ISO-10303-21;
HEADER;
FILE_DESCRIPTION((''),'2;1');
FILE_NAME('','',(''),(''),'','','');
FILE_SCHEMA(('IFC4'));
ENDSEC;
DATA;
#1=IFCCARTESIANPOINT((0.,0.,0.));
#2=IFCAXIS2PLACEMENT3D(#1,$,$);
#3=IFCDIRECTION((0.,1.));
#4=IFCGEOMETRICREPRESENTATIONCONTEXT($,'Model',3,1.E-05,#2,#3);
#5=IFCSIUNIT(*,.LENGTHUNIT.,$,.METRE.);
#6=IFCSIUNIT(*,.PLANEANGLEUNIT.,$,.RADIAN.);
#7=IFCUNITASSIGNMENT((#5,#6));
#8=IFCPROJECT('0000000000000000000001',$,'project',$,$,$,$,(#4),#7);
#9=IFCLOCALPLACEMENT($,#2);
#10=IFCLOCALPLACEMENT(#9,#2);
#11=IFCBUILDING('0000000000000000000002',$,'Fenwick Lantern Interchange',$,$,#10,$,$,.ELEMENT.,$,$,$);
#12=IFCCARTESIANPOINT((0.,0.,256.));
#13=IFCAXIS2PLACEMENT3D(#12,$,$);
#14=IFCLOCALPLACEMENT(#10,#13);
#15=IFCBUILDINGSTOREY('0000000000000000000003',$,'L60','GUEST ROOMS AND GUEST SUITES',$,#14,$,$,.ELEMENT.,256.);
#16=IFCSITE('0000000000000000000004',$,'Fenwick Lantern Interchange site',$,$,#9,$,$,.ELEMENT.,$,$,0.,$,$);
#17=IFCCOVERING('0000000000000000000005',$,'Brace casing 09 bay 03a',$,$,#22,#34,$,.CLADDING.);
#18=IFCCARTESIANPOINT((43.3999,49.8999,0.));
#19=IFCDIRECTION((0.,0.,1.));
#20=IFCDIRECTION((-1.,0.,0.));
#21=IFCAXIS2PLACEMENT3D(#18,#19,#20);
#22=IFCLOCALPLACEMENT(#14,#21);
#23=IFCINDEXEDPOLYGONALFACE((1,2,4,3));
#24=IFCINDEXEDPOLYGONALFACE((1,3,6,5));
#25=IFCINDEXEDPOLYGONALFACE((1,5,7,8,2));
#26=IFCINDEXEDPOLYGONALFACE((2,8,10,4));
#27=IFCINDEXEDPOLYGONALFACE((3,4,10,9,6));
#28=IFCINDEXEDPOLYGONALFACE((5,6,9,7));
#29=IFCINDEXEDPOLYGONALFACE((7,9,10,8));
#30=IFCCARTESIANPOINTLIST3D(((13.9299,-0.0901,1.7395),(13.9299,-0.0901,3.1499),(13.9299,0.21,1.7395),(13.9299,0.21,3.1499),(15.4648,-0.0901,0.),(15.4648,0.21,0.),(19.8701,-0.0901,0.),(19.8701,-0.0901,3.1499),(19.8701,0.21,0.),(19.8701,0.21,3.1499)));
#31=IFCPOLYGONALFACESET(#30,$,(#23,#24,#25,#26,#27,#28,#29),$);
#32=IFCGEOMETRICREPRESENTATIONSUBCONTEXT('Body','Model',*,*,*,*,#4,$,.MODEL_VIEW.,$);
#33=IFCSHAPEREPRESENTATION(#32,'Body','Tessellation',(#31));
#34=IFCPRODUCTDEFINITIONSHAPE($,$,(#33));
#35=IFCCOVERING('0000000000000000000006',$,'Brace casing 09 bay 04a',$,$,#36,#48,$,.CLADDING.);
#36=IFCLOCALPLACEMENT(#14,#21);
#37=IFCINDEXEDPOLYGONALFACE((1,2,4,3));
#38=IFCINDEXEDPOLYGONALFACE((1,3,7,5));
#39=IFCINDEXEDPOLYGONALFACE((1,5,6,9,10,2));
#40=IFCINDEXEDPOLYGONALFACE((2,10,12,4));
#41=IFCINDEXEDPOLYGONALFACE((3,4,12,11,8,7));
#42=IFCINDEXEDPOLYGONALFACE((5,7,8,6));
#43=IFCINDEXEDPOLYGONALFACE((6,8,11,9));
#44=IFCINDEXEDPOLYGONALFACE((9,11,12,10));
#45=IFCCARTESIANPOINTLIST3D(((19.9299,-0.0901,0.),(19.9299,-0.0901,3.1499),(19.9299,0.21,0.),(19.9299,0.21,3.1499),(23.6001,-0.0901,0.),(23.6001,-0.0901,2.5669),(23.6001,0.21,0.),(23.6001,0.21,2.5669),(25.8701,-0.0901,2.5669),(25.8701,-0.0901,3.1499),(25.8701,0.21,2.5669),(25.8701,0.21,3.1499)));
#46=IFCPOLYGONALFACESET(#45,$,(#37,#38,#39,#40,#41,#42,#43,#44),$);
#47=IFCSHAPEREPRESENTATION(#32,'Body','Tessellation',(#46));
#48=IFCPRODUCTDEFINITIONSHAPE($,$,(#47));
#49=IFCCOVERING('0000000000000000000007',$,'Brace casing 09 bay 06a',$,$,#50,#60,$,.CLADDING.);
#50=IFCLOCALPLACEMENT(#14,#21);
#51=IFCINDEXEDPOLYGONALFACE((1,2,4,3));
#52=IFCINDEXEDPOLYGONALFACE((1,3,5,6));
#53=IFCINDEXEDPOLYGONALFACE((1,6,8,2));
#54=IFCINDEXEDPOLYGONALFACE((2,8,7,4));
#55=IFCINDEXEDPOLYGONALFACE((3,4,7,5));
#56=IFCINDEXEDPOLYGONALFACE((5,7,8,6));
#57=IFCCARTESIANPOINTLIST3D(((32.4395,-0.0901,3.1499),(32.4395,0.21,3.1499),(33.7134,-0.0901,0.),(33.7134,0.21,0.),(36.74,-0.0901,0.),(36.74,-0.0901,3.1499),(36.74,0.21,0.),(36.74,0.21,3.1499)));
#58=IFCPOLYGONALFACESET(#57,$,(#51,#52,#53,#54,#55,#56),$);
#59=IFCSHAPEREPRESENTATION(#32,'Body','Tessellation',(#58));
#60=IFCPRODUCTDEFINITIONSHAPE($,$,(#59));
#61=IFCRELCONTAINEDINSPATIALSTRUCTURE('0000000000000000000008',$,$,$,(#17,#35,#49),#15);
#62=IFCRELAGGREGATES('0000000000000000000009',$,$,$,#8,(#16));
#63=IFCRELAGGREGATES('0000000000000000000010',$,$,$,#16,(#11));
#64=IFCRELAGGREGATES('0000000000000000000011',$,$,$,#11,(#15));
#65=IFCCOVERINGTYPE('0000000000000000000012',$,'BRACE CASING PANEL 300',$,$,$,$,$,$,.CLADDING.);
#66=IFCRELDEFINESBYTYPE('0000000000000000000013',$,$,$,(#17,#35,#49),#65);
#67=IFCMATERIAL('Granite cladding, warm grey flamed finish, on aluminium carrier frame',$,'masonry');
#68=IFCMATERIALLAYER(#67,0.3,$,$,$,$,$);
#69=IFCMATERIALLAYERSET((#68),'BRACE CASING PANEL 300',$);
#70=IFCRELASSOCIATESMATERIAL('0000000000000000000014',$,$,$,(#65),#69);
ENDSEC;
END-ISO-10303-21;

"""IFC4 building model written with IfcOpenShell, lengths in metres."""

from ifc_helpers import new_model, si_unit, direction, frame, origin, place, context, subcontext, project, spatial, polyline, outline, extrude, material, layer, layer_set, type_object, element, save


model = new_model("IFC4")

# Units and contexts
model_context = context("Model", 3, precision=1e-05, world=origin(), true_north=direction((0.0, 1.0)))
body_context = subcontext(model_context, "Body", "Model", "MODEL_VIEW")
ifc_project = project(units=[si_unit("LENGTHUNIT", "METRE"), si_unit("PLANEANGLEUNIT", "RADIAN")], contexts=[model_context])

# Site, building, storey
site_placement = place(None, origin())
site = spatial("IfcSite", under=ifc_project, at=site_placement, Name="Fenwick Lantern Interchange site", CompositionType="ELEMENT", RefElevation=0.0)
building_placement = place(site_placement, origin())
building = spatial("IfcBuilding", under=site, at=building_placement, Name="Fenwick Lantern Interchange", CompositionType="ELEMENT")
storey_placement = place(building_placement, frame((0.0, 0.0, 256.0)))
storey = spatial("IfcBuildingStorey", under=building, at=storey_placement, Name="L60", Description="GUEST ROOMS AND GUEST SUITES", CompositionType="ELEMENT", Elevation=256.0)

# Coverings
ifc_material_1 = material(Name="Granite cladding, warm grey flamed finish, on aluminium carrier frame", Category="masonry")
ifc_layer_1 = layer(ifc_material_1, 0.3)
ifc_layer_set_1 = layer_set([ifc_layer_1], Name="BRACE CASING PANEL 300")
covering_type = type_object("IfcCoveringType", Name="BRACE CASING PANEL 300", PredefinedType="CLADDING", material=ifc_layer_set_1)
covering_1_placement = place(storey_placement, frame((43.3999, 49.8999, 0.0), z_axis=(0.0, 0.0, 1.0), x_axis=(-1.0, 0.0, 0.0)))
element("IfcCovering", 1, at=covering_1_placement, inside=storey, type_object=covering_type, Name="Brace casing 09 bay 03a", PredefinedType="CLADDING", context=body_context, shape_type="SweptSolid", body=[
    extrude(outline(polyline([(15.4648, 0.0), (19.8701, 0.0), (19.8701, 3.1499), (13.9299, 3.1499), (13.9299, 1.7395), (15.4648, 0.0)])), frame((0.0, 0.21, 0.0), z_axis=(0.0, -1.0, 0.0), x_axis=(1.0, 0.0, 0.0)), (0.0, 0.0, 1.0), 0.3),
])
covering_2_placement = place(storey_placement, frame((43.3999, 49.8999, 0.0), z_axis=(0.0, 0.0, 1.0), x_axis=(-1.0, 0.0, 0.0)))
element("IfcCovering", 2, at=covering_2_placement, inside=storey, type_object=covering_type, Name="Brace casing 09 bay 04a", PredefinedType="CLADDING", context=body_context, shape_type="SweptSolid", body=[
    extrude(outline(polyline([(19.9299, 0.0), (23.6001, 0.0), (23.6001, 2.5669), (25.8701, 2.5669), (25.8701, 3.1499), (19.9299, 3.1499), (19.9299, 0.0)])), frame((0.0, 0.21, 0.0), z_axis=(0.0, -1.0, 0.0), x_axis=(1.0, 0.0, 0.0)), (0.0, 0.0, 1.0), 0.3),
])
covering_3_placement = place(storey_placement, frame((43.3999, 49.8999, 0.0), z_axis=(0.0, 0.0, 1.0), x_axis=(-1.0, 0.0, 0.0)))
element("IfcCovering", 3, at=covering_3_placement, inside=storey, type_object=covering_type, Name="Brace casing 09 bay 06a", PredefinedType="CLADDING", context=body_context, shape_type="SweptSolid", body=[
    extrude(outline(polyline([(33.7134, 0.0), (36.74, 0.0), (36.74, 3.1499), (32.4395, 3.1499), (33.7134, 0.0)])), frame((0.0, 0.21, 0.0), z_axis=(0.0, -1.0, 0.0), x_axis=(1.0, 0.0, 0.0)), (0.0, 0.0, 1.0), 0.3),
])

save(model, "model.ifc")
